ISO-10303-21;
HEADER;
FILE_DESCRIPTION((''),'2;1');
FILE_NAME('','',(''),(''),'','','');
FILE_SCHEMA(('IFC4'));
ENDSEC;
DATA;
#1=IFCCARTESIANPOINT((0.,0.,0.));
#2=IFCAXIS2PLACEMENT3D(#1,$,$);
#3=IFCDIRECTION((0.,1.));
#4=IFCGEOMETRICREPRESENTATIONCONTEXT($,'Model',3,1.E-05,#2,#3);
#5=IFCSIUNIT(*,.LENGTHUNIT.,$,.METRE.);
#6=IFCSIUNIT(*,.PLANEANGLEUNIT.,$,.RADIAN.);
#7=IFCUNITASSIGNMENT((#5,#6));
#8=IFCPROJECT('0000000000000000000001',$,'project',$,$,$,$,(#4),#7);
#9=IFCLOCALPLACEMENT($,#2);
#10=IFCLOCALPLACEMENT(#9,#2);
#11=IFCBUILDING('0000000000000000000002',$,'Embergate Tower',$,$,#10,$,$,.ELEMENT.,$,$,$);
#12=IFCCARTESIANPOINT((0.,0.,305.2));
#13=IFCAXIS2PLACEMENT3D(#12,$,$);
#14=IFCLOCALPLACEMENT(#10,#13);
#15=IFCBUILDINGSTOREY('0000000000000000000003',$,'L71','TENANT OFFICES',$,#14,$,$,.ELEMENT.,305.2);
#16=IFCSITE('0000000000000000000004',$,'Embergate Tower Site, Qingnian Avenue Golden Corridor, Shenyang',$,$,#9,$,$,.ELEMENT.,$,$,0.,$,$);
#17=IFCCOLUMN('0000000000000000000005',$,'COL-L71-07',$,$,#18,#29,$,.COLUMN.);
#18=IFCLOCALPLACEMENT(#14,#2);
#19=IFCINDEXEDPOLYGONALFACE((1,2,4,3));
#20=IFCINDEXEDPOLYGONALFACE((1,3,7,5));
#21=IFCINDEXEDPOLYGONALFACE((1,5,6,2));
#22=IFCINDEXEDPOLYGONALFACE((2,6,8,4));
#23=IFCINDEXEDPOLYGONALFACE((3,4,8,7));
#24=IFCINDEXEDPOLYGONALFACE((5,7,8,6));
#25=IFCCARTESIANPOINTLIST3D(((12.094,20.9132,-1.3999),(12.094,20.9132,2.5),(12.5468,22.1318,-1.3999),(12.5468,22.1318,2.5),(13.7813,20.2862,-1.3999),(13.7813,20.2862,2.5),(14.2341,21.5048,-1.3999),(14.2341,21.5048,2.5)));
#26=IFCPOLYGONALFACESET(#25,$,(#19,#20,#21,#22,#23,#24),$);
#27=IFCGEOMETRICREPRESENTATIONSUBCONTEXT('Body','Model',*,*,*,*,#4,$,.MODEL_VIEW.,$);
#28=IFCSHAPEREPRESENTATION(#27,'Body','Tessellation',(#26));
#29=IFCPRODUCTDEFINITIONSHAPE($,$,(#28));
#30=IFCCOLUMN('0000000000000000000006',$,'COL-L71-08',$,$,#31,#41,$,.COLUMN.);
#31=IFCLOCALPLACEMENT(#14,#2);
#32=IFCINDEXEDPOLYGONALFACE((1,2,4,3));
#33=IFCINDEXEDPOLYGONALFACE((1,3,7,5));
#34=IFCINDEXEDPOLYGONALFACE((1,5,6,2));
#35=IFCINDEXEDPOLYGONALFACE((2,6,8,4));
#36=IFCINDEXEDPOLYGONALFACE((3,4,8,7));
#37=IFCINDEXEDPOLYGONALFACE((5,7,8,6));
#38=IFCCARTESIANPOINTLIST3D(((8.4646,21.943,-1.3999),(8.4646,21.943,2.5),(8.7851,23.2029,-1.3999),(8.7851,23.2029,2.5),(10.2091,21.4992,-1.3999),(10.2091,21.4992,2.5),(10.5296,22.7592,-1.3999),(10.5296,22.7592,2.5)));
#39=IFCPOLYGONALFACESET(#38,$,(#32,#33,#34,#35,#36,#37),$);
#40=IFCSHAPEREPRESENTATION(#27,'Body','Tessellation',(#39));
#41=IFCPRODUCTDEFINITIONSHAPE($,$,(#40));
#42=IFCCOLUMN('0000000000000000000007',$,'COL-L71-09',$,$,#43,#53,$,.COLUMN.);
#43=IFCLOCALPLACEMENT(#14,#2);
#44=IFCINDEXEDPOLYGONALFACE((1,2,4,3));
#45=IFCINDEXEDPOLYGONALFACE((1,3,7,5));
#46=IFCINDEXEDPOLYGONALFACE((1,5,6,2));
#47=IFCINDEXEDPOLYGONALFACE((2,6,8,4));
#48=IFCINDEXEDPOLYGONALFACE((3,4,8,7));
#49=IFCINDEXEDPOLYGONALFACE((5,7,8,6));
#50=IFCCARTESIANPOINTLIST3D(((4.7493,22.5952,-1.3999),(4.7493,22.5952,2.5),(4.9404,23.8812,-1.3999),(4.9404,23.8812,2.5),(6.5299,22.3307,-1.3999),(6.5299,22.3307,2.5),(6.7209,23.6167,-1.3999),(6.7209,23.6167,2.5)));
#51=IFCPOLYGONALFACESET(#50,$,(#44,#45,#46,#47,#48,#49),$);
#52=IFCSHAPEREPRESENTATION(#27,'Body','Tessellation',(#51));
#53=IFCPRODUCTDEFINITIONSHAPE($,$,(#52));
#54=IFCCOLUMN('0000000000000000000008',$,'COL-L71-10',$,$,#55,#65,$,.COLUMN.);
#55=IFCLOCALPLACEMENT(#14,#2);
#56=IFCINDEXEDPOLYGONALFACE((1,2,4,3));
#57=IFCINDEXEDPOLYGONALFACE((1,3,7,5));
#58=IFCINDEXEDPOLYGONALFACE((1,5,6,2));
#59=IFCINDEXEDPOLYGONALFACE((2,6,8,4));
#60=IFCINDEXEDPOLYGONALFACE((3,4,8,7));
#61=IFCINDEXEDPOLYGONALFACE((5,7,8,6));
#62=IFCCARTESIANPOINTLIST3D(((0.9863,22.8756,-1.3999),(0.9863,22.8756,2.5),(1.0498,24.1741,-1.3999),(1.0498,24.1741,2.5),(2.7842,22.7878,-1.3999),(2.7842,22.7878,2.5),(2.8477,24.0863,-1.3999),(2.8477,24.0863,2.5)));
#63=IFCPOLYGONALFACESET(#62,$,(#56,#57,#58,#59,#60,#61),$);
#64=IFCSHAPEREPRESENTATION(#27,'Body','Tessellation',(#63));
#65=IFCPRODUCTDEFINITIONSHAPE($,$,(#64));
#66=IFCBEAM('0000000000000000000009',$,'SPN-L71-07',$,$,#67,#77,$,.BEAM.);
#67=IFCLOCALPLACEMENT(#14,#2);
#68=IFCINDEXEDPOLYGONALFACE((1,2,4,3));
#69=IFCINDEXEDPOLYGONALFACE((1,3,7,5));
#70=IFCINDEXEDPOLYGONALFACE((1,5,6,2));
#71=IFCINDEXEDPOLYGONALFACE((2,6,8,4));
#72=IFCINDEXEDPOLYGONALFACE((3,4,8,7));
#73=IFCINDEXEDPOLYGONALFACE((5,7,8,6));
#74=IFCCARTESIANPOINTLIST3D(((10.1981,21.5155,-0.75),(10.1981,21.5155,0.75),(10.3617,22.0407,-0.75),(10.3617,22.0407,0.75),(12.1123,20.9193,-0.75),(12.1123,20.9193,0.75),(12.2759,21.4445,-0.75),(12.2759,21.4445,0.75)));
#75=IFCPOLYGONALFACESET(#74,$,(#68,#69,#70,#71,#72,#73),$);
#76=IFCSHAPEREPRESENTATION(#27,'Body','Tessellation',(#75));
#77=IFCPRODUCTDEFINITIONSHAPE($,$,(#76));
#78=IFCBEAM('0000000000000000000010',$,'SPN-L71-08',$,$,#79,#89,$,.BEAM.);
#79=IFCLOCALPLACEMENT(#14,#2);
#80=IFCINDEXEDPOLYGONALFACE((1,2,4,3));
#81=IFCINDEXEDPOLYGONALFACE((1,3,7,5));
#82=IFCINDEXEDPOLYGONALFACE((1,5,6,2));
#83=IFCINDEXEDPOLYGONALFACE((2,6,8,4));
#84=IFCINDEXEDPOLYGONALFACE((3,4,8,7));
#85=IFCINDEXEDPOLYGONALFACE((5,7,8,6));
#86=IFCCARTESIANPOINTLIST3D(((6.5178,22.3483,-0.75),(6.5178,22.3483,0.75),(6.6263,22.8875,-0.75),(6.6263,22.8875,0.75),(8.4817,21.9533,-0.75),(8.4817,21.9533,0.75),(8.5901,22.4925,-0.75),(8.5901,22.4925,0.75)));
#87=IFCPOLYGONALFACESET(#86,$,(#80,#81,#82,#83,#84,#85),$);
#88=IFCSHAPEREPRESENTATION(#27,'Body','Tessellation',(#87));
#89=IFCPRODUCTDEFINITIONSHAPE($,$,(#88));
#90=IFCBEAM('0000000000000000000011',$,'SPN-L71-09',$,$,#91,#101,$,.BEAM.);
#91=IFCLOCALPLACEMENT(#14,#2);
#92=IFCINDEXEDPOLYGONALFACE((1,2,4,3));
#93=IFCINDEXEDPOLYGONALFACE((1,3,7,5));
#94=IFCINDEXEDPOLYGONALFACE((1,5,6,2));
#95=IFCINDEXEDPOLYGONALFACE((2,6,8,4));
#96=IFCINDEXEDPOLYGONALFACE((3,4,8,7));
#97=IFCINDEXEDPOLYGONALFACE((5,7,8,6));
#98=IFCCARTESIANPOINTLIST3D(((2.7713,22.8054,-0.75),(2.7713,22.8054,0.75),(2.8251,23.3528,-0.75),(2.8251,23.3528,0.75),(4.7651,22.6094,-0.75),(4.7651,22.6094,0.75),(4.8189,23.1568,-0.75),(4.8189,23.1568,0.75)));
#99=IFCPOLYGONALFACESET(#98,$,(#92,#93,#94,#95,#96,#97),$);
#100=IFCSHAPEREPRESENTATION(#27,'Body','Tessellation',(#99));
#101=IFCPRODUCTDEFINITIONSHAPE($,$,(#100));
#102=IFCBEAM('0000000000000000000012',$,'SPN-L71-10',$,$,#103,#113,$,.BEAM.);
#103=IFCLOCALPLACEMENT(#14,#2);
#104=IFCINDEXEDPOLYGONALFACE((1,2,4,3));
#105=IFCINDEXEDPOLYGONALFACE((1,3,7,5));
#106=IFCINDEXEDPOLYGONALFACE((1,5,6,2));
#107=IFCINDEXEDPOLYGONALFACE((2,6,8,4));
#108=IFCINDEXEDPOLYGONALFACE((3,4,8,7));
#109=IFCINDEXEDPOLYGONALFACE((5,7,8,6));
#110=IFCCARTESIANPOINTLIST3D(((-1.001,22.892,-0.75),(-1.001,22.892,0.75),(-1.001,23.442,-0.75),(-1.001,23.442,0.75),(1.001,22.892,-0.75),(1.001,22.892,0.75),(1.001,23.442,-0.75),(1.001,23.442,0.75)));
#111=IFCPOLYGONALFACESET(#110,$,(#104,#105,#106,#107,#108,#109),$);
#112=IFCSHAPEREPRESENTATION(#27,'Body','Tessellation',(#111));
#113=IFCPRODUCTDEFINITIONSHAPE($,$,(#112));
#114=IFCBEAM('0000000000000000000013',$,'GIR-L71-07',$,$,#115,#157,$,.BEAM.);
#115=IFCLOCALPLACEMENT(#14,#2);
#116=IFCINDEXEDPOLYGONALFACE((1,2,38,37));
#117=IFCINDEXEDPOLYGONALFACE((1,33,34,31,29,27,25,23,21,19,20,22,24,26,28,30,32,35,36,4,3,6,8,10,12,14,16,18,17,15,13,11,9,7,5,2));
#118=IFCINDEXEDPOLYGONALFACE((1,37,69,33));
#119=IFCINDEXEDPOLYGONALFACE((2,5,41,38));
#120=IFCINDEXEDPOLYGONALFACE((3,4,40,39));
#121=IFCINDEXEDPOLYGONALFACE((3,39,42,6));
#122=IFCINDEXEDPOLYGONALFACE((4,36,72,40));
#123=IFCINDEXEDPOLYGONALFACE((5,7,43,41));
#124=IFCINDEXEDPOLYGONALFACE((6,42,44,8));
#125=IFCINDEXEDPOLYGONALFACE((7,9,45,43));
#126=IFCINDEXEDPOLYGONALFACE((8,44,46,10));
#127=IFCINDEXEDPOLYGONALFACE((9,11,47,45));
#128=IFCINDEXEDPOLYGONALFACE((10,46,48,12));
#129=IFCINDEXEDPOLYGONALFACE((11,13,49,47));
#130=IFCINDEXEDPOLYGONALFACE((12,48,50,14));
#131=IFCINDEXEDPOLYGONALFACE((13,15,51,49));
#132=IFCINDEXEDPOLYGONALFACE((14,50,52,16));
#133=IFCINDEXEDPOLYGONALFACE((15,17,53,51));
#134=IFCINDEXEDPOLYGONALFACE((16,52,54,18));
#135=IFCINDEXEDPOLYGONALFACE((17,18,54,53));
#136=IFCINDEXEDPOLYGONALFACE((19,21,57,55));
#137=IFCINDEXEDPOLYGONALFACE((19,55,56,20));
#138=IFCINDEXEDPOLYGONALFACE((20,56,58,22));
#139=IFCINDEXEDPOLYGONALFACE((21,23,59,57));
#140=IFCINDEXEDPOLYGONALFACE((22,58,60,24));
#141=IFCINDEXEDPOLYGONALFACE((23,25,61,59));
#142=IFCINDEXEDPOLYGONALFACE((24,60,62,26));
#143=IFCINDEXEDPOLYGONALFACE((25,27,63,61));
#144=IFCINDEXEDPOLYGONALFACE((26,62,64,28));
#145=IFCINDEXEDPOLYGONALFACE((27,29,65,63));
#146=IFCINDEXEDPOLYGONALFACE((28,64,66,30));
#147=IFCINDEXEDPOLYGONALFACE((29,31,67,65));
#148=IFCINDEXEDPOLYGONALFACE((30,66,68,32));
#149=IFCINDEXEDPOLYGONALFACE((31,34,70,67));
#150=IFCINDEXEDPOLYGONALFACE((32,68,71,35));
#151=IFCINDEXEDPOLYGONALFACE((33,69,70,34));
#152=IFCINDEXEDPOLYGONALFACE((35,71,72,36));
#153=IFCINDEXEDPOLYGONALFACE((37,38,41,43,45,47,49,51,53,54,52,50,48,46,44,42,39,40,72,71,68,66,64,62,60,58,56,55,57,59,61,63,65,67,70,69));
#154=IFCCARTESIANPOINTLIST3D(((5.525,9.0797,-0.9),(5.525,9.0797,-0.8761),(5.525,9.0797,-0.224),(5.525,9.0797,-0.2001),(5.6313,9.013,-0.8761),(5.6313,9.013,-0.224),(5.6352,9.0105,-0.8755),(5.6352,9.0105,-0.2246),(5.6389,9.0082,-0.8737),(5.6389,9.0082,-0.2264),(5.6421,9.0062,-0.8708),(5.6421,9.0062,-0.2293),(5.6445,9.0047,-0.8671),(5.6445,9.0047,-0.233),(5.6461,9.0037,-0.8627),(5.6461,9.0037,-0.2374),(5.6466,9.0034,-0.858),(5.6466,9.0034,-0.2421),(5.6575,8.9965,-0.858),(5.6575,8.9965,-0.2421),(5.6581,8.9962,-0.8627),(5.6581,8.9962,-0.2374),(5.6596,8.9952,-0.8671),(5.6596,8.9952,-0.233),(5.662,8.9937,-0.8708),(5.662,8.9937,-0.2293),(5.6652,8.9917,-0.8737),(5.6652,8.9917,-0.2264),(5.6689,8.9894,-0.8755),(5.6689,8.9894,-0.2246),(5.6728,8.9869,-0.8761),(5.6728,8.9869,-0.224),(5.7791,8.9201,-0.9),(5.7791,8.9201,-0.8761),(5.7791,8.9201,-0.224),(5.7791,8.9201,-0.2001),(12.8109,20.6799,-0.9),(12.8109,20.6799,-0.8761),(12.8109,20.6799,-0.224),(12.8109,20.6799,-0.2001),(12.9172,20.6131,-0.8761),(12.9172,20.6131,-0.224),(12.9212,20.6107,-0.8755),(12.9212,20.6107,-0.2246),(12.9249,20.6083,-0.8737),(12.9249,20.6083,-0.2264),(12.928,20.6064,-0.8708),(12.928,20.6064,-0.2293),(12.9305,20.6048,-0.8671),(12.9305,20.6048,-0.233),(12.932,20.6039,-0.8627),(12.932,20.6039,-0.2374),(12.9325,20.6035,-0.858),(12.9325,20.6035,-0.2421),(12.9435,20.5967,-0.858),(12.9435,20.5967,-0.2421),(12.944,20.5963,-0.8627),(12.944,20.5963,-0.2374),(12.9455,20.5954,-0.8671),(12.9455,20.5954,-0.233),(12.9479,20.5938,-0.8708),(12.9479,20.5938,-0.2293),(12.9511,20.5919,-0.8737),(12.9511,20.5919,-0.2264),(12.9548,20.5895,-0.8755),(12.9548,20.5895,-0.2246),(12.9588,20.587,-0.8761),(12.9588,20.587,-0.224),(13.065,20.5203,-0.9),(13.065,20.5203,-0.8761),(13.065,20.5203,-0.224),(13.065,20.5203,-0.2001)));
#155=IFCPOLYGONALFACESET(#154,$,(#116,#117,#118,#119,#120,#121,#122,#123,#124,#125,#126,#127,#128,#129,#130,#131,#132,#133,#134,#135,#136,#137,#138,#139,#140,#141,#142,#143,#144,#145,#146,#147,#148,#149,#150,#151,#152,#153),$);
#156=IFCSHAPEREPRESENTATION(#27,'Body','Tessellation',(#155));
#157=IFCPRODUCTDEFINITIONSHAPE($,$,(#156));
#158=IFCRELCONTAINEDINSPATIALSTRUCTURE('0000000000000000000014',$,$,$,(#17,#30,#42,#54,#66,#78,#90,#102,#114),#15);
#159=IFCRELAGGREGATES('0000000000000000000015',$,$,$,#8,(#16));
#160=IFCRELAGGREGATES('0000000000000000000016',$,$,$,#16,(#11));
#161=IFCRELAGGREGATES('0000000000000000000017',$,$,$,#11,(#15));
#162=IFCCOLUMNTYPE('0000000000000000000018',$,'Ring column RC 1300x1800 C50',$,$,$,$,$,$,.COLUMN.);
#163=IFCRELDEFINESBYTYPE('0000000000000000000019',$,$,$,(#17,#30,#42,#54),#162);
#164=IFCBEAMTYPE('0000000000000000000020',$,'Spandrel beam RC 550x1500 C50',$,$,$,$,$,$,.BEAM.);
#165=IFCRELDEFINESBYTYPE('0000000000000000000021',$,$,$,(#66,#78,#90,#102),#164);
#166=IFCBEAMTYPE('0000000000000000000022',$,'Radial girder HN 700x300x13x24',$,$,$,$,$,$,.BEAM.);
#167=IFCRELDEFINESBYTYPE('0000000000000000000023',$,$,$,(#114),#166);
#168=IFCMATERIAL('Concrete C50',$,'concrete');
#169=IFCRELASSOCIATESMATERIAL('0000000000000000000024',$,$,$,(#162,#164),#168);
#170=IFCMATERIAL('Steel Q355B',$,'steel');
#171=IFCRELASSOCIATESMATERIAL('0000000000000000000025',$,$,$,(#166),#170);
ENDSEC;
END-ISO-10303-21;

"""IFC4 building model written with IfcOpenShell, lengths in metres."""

from ifc_helpers import new_model, si_unit, direction, frame, origin, origin_2d, place, context, subcontext, project, spatial, rectangle, i_section, extrude, source, transform, mapped, material, material_profile, profile_set, type_object, element, save


model = new_model("IFC4")

# Units and contexts
model_context = context("Model", 3, precision=1e-05, world=origin(), true_north=direction((0.0, 1.0)))
body_context = subcontext(model_context, "Body", "Model", "MODEL_VIEW")
ifc_project = project(units=[si_unit("LENGTHUNIT", "METRE"), si_unit("PLANEANGLEUNIT", "RADIAN")], contexts=[model_context])

# Site, building, storey
site_placement = place(None, origin())
site = spatial("IfcSite", under=ifc_project, at=site_placement, Name="Embergate Tower Site, Qingnian Avenue Golden Corridor, Shenyang", CompositionType="ELEMENT", RefElevation=0.0)
building_placement = place(site_placement, origin())
building = spatial("IfcBuilding", under=site, at=building_placement, Name="Embergate Tower", CompositionType="ELEMENT")
storey_placement = place(building_placement, frame((0.0, 0.0, 305.2)))
storey = spatial("IfcBuildingStorey", under=building, at=storey_placement, Name="L71", Description="TENANT OFFICES", CompositionType="ELEMENT", Elevation=305.2)

# Columns
ifc_material_1 = material(Name="Concrete C50", Category="concrete")
ifc_material_profile_1 = material_profile(ifc_material_1, rectangle(XDim=1.3, YDim=1.8, at=origin_2d()), Name="RC 1300x1800")
ifc_profile_set_1 = profile_set([ifc_material_profile_1], Name="Concrete C50")
column_type = type_object("IfcColumnType", Name="Ring column RC 1300x1800 C50", PredefinedType="COLUMN", material=ifc_profile_set_1)
shared_shape_1 = source(origin(), body_context, "Body", "SweptSolid", [
    extrude(rectangle(XDim=1.3, YDim=1.8, at=origin_2d()), origin(), (0.0, 0.0, 1.0), 3.8999),
])
for number, where, z_axis, x_axis, name in (
    (1, (13.1641, 21.209, -1.3999), (0.0, 0.0, 1.0), (0.348343, 0.937367, 0.0), "COL-L71-07"),
    (2, (9.4971, 22.3511, -1.3999), (0.0, 0.0, 1.0), (0.246509, 0.969141, 0.0), "COL-L71-08"),
    (3, (5.7351, 23.106, -1.3999), (0.0, 0.0, 1.0), (0.146929, 0.989147, 0.0), "COL-L71-09"),
    (4, (1.917, 23.481, -1.3999), (0.0, 0.0, 1.0), (0.048815, 0.998808, 0.0), "COL-L71-10"),
):
    element("IfcColumn", number, at=place(storey_placement, frame(where, z_axis=z_axis, x_axis=x_axis)), inside=storey, type_object=column_type, Name=name, PredefinedType="COLUMN", context=body_context, shape_type="MappedRepresentation", body=[
        mapped(shared_shape_1, transform((0.0, 0.0, 0.0))),
    ])

# Beams
ifc_material_profile_2 = material_profile(ifc_material_1, rectangle(XDim=0.55, YDim=1.5, at=origin_2d()), Name="RC 550x1500")
ifc_profile_set_2 = profile_set([ifc_material_profile_2], Name="Concrete C50")
beam_type_1 = type_object("IfcBeamType", Name="Spandrel beam RC 550x1500 C50", PredefinedType="BEAM", material=ifc_profile_set_2)
shared_shape_2 = source(origin(), body_context, "Body", "SweptSolid", [
    extrude(rectangle(XDim=0.55, YDim=1.5, at=origin_2d()), origin(), (0.0, 0.0, 1.0), 2.0049),
])
beam_1_placement = place(storey_placement, frame((12.1941, 21.1819, 0.0), z_axis=(-0.954757, 0.297387, 0.0), x_axis=(-0.297387, -0.954757, 0.0)))
element("IfcBeam", 5, at=beam_1_placement, inside=storey, type_object=beam_type_1, Name="SPN-L71-07", PredefinedType="BEAM", context=body_context, shape_type="MappedRepresentation", body=[
    mapped(shared_shape_2, transform((0.0, 0.0, 0.0))),
])
shared_shape_3 = source(origin(), body_context, "Body", "SweptSolid", [
    extrude(rectangle(XDim=0.55, YDim=1.5, at=origin_2d()), origin(), (0.0, 0.0, 1.0), 2.0032),
])
beam_2_placement = place(storey_placement, frame((8.5359, 22.2229, 0.0), z_axis=(-0.980364, 0.197194, 0.0), x_axis=(-0.197194, -0.980364, 0.0)))
element("IfcBeam", 6, at=beam_2_placement, inside=storey, type_object=beam_type_1, Name="SPN-L71-08", PredefinedType="BEAM", context=body_context, shape_type="MappedRepresentation", body=[
    mapped(shared_shape_3, transform((0.0, 0.0, 0.0))),
])
shared_shape_4 = source(origin(), body_context, "Body", "SweptSolid", [
    extrude(rectangle(XDim=0.55, YDim=1.5, at=origin_2d()), origin(), (0.0, 0.0, 1.0), 2.0034),
])
beam_3_placement = place(storey_placement, frame((4.792, 22.8831, 0.0), z_axis=(-0.995201, 0.097851, 0.0), x_axis=(-0.097851, -0.995201, 0.0)))
element("IfcBeam", 7, at=beam_3_placement, inside=storey, type_object=beam_type_1, Name="SPN-L71-09", PredefinedType="BEAM", context=body_context, shape_type="MappedRepresentation", body=[
    mapped(shared_shape_4, transform((0.0, 0.0, 0.0))),
])
shared_shape_5 = source(origin(), body_context, "Body", "SweptSolid", [
    extrude(rectangle(XDim=0.55, YDim=1.5, at=origin_2d()), origin(), (0.0, 0.0, 1.0), 2.002),
])
beam_4_placement = place(storey_placement, frame((1.001, 23.167, 0.0), z_axis=(-1.0, 0.0, 0.0), x_axis=(0.0, -1.0, 0.0)))
element("IfcBeam", 8, at=beam_4_placement, inside=storey, type_object=beam_type_1, Name="SPN-L71-10", PredefinedType="BEAM", context=body_context, shape_type="MappedRepresentation", body=[
    mapped(shared_shape_5, transform((0.0, 0.0, 0.0))),
])
ifc_material_2 = material(Name="Steel Q355B", Category="steel")
ifc_material_profile_3 = material_profile(ifc_material_2, i_section(OverallWidth=0.3, OverallDepth=0.7, WebThickness=0.0129, FlangeThickness=0.0239, FilletRadius=0.0181, at=origin_2d()), Name="HN 700x300x13x24")
ifc_profile_set_3 = profile_set([ifc_material_profile_3], Name="Steel Q355 grade B")
beam_type_2 = type_object("IfcBeamType", Name="Radial girder HN 700x300x13x24", PredefinedType="BEAM", material=ifc_profile_set_3)
shared_shape_6 = source(origin(), body_context, "Body", "SweptSolid", [
    extrude(i_section(OverallWidth=0.3, OverallDepth=0.7, WebThickness=0.0129, FlangeThickness=0.0239, FilletRadius=0.0181, at=origin_2d()), origin(), (0.0, 0.0, 1.0), 13.6985),
])
beam_5_placement = place(storey_placement, frame((12.938, 20.6001, -0.55), z_axis=(-0.531878, -0.846821, 0.0), x_axis=(0.846821, -0.531878, 0.0)))
element("IfcBeam", 9, at=beam_5_placement, inside=storey, type_object=beam_type_2, Name="GIR-L71-07", PredefinedType="BEAM", context=body_context, shape_type="MappedRepresentation", body=[
    mapped(shared_shape_6, transform((0.0, 0.0, 0.0))),
])

save(model, "model.ifc")
